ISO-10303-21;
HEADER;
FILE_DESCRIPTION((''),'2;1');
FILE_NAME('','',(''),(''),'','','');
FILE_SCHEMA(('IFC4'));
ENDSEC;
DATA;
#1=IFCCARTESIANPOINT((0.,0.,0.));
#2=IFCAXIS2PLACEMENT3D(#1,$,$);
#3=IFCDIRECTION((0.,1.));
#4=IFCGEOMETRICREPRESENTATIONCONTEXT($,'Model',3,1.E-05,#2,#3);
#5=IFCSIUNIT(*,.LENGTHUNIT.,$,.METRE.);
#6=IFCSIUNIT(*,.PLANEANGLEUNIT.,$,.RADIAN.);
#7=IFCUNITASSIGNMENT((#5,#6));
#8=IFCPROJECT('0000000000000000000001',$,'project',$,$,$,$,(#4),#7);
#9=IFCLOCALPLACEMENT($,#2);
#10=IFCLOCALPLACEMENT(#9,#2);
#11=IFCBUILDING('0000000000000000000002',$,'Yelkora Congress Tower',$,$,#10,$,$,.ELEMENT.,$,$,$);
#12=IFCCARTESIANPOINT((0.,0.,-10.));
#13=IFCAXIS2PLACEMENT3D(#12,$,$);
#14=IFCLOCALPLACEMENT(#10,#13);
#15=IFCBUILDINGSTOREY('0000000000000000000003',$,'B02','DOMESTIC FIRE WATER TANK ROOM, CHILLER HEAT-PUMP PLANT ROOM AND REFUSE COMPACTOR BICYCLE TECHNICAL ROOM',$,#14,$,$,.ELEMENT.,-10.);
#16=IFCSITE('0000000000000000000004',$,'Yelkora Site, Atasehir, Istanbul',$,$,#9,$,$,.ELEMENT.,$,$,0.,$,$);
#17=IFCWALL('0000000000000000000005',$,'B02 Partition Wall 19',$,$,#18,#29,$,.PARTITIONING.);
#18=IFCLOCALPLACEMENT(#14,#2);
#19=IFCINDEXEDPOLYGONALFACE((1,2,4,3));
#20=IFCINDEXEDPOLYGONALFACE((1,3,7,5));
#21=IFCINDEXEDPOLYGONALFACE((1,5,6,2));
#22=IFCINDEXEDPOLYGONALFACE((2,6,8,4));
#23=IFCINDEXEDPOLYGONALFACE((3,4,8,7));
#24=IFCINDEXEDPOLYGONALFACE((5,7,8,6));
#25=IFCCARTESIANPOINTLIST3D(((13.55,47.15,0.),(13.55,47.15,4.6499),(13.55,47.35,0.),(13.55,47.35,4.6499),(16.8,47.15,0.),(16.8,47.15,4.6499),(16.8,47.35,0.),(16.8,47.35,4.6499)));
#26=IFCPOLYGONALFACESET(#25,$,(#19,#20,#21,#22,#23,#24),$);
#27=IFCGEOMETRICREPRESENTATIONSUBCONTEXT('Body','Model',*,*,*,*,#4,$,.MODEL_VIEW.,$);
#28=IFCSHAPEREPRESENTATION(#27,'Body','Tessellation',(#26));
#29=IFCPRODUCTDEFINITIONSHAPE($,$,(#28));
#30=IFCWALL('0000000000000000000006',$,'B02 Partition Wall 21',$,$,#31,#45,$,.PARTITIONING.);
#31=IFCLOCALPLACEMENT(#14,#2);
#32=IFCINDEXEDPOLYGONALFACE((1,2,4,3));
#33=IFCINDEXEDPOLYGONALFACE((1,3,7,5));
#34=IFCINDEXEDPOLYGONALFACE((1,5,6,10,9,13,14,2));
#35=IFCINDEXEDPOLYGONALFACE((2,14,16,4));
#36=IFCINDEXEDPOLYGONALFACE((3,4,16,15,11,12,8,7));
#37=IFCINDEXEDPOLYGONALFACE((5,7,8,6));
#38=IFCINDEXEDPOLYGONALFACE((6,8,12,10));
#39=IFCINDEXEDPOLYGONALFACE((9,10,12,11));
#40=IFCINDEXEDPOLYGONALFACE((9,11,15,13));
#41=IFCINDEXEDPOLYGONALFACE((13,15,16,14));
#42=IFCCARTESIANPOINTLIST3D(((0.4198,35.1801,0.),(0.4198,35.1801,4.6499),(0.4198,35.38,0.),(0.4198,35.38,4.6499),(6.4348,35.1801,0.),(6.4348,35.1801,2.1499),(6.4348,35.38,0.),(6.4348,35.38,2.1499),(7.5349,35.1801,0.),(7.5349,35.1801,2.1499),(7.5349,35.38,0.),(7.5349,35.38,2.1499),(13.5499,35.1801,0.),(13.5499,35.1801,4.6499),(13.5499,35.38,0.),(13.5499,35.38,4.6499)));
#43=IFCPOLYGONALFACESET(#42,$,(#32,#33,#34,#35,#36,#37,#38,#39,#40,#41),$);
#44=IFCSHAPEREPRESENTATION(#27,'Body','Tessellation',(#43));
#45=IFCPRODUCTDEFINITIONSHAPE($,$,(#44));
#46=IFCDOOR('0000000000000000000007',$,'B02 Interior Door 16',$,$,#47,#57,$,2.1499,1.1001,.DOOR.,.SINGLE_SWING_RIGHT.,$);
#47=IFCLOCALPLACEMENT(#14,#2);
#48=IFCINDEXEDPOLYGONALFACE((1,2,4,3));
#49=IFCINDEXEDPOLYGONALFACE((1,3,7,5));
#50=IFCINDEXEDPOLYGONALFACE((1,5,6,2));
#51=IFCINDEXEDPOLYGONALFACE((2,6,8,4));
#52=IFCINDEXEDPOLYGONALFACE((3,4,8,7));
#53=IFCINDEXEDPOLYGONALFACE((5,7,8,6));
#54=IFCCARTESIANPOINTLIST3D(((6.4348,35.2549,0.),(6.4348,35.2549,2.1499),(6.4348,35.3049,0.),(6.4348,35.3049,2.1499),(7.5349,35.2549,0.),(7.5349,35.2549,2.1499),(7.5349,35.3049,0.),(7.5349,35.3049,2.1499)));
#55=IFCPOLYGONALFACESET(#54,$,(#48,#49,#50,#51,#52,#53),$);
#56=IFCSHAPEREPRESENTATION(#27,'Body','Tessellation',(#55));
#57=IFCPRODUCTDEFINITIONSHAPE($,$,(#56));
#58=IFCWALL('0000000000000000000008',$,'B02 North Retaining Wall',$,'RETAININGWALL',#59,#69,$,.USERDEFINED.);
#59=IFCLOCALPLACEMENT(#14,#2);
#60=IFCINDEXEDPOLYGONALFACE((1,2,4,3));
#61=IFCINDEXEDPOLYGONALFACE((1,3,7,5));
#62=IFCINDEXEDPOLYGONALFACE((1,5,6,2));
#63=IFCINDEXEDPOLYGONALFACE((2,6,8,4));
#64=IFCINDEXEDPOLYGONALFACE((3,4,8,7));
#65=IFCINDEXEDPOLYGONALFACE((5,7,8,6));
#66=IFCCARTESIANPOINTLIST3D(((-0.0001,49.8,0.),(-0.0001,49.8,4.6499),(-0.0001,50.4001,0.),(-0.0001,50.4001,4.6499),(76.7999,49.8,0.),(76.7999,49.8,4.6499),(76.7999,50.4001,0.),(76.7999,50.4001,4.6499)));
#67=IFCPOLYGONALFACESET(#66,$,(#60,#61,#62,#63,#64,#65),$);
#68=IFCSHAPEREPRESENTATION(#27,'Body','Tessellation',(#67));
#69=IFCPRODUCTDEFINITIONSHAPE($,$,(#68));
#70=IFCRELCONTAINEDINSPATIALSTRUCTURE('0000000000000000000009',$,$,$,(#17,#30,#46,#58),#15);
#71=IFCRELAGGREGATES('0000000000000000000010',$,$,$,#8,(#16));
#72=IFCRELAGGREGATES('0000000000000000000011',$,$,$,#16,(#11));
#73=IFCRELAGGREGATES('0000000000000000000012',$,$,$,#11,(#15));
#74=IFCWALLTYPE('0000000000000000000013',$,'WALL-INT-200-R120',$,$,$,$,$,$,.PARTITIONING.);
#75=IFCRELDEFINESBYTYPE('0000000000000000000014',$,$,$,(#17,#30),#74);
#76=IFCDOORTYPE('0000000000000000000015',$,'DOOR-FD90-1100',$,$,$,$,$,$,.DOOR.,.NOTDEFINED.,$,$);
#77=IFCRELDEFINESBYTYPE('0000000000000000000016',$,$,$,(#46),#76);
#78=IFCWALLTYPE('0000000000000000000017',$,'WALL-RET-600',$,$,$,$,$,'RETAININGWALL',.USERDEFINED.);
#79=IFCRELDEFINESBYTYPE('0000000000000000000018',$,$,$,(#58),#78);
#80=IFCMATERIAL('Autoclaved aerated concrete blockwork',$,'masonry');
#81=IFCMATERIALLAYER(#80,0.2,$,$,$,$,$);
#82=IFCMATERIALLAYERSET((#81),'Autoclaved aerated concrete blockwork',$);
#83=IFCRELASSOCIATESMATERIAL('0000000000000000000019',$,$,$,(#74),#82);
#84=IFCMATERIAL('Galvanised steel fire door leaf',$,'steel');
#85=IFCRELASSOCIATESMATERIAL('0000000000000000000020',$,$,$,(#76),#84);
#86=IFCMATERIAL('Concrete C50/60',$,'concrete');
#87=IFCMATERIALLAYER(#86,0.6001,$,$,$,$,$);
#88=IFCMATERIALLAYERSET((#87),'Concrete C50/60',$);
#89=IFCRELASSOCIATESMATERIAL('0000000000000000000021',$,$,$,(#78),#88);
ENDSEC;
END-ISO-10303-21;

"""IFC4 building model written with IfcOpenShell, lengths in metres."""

from ifc_helpers import new_model, si_unit, direction, frame, frame_2d, origin, place, context, subcontext, project, spatial, rectangle, extrude, material, layer, layer_set, type_object, element, fill, save


model = new_model("IFC4")

# Units and contexts
model_context = context("Model", 3, precision=1e-05, world=origin(), true_north=direction((0.0, 1.0)))
body_context = subcontext(model_context, "Body", "Model", "MODEL_VIEW")
ifc_project = project(units=[si_unit("LENGTHUNIT", "METRE"), si_unit("PLANEANGLEUNIT", "RADIAN")], contexts=[model_context])

# Site, building, storey
site_placement = place(None, origin())
site = spatial("IfcSite", under=ifc_project, at=site_placement, Name="Yelkora Site, Atasehir, Istanbul", CompositionType="ELEMENT", RefElevation=0.0)
building_placement = place(site_placement, origin())
building = spatial("IfcBuilding", under=site, at=building_placement, Name="Yelkora Congress Tower", CompositionType="ELEMENT")
storey_placement = place(building_placement, frame((0.0, 0.0, -10.0)))
storey = spatial("IfcBuildingStorey", under=building, at=storey_placement, Name="B02", Description="DOMESTIC FIRE WATER TANK ROOM, CHILLER HEAT-PUMP PLANT ROOM AND REFUSE COMPACTOR BICYCLE TECHNICAL ROOM", CompositionType="ELEMENT", Elevation=-10.0)

# Shared definitions
ifc_material_1 = material(Name="Concrete C50/60", Category="concrete")

# Wall
ifc_material_2 = material(Name="Autoclaved aerated concrete blockwork", Category="masonry")
ifc_layer_1 = layer(ifc_material_2, 0.2)
ifc_layer_set_1 = layer_set([ifc_layer_1], Name="Autoclaved aerated concrete blockwork")
wall_type_1 = type_object("IfcWallType", Name="WALL-INT-200-R120", PredefinedType="PARTITIONING", material=ifc_layer_set_1)
wall_1_placement = place(storey_placement, frame((13.55, 47.25, 0.0), z_axis=(0.0, 0.0, 1.0), x_axis=(1.0, 0.0, 0.0)))
element("IfcWall", 1, at=wall_1_placement, inside=storey, type_object=wall_type_1, Name="B02 Partition Wall 19", PredefinedType="PARTITIONING", context=body_context, shape_type="SweptSolid", body=[
    extrude(rectangle(XDim=3.25, YDim=0.2, at=frame_2d((1.625, 0.0))), origin(), (0.0, 0.0, 1.0), 4.6499),
])

# Wall, opening, door
ifc_material_3 = material(Name="Galvanised steel fire door leaf", Category="steel")
door_type = type_object("IfcDoorType", Name="DOOR-FD90-1100", OperationType="NOTDEFINED", PredefinedType="DOOR", material=ifc_material_3)
wall_2_placement = place(storey_placement, frame((0.4199, 35.28, 0.0), z_axis=(0.0, 0.0, 1.0), x_axis=(1.0, 0.0, 0.0)))
wall_2 = element("IfcWall", 2, at=wall_2_placement, inside=storey, type_object=wall_type_1, Name="B02 Partition Wall 21", PredefinedType="PARTITIONING", context=body_context, shape_type="SweptSolid", body=[
    extrude(rectangle(XDim=13.1301, YDim=0.2, at=frame_2d((6.5649, 0.0))), origin(), (0.0, 0.0, 1.0), 4.6499),
])
opening_1_placement = place(wall_2_placement, frame((6.0149, 0.0, 0.0)))
opening_1 = element("IfcOpeningElement", 3, at=opening_1_placement, cuts=wall_2, PredefinedType="OPENING", context=body_context, shape_type="SweptSolid", body=[
    extrude(rectangle(XDim=1.1001, YDim=2.1499, at=frame_2d((0.55, 1.075))), frame((0.0, 0.1099, 0.0), z_axis=(0.0, -1.0, 0.0), x_axis=(1.0, 0.0, 0.0)), (0.0, 0.0, 1.0), 0.22),
])
door_1_placement = place(opening_1_placement, origin())
door_1 = element("IfcDoor", 4, at=door_1_placement, inside=storey, type_object=door_type, Name="B02 Interior Door 16", OperationType="SINGLE_SWING_RIGHT", OverallHeight=2.1499, OverallWidth=1.1001, PredefinedType="DOOR", context=body_context, shape_type="SweptSolid", body=[
    extrude(rectangle(XDim=1.1001, YDim=2.1499, at=frame_2d((0.55, 1.075))), frame((0.0, 0.0249, 0.0), z_axis=(0.0, -1.0, 0.0), x_axis=(1.0, 0.0, 0.0)), (0.0, 0.0, 1.0), 0.05),
])
fill(opening_1, door_1)

# Wall
ifc_layer_2 = layer(ifc_material_1, 0.6001)
ifc_layer_set_2 = layer_set([ifc_layer_2], Name="Concrete C50/60")
wall_type_2 = type_object("IfcWallType", Name="WALL-RET-600", ElementType="RETAININGWALL", PredefinedType="USERDEFINED", material=ifc_layer_set_2)
wall_3_placement = place(storey_placement, frame((0.0, 50.1001, 0.0), z_axis=(0.0, 0.0, 1.0), x_axis=(1.0, 0.0, 0.0)))
element("IfcWall", 5, at=wall_3_placement, inside=storey, type_object=wall_type_2, Name="B02 North Retaining Wall", ObjectType="RETAININGWALL", PredefinedType="USERDEFINED", context=body_context, shape_type="SweptSolid", body=[
    extrude(rectangle(XDim=76.8, YDim=0.6001, at=frame_2d((38.3999, 0.0))), origin(), (0.0, 0.0, 1.0), 4.6499),
])

save(model, "model.ifc")
